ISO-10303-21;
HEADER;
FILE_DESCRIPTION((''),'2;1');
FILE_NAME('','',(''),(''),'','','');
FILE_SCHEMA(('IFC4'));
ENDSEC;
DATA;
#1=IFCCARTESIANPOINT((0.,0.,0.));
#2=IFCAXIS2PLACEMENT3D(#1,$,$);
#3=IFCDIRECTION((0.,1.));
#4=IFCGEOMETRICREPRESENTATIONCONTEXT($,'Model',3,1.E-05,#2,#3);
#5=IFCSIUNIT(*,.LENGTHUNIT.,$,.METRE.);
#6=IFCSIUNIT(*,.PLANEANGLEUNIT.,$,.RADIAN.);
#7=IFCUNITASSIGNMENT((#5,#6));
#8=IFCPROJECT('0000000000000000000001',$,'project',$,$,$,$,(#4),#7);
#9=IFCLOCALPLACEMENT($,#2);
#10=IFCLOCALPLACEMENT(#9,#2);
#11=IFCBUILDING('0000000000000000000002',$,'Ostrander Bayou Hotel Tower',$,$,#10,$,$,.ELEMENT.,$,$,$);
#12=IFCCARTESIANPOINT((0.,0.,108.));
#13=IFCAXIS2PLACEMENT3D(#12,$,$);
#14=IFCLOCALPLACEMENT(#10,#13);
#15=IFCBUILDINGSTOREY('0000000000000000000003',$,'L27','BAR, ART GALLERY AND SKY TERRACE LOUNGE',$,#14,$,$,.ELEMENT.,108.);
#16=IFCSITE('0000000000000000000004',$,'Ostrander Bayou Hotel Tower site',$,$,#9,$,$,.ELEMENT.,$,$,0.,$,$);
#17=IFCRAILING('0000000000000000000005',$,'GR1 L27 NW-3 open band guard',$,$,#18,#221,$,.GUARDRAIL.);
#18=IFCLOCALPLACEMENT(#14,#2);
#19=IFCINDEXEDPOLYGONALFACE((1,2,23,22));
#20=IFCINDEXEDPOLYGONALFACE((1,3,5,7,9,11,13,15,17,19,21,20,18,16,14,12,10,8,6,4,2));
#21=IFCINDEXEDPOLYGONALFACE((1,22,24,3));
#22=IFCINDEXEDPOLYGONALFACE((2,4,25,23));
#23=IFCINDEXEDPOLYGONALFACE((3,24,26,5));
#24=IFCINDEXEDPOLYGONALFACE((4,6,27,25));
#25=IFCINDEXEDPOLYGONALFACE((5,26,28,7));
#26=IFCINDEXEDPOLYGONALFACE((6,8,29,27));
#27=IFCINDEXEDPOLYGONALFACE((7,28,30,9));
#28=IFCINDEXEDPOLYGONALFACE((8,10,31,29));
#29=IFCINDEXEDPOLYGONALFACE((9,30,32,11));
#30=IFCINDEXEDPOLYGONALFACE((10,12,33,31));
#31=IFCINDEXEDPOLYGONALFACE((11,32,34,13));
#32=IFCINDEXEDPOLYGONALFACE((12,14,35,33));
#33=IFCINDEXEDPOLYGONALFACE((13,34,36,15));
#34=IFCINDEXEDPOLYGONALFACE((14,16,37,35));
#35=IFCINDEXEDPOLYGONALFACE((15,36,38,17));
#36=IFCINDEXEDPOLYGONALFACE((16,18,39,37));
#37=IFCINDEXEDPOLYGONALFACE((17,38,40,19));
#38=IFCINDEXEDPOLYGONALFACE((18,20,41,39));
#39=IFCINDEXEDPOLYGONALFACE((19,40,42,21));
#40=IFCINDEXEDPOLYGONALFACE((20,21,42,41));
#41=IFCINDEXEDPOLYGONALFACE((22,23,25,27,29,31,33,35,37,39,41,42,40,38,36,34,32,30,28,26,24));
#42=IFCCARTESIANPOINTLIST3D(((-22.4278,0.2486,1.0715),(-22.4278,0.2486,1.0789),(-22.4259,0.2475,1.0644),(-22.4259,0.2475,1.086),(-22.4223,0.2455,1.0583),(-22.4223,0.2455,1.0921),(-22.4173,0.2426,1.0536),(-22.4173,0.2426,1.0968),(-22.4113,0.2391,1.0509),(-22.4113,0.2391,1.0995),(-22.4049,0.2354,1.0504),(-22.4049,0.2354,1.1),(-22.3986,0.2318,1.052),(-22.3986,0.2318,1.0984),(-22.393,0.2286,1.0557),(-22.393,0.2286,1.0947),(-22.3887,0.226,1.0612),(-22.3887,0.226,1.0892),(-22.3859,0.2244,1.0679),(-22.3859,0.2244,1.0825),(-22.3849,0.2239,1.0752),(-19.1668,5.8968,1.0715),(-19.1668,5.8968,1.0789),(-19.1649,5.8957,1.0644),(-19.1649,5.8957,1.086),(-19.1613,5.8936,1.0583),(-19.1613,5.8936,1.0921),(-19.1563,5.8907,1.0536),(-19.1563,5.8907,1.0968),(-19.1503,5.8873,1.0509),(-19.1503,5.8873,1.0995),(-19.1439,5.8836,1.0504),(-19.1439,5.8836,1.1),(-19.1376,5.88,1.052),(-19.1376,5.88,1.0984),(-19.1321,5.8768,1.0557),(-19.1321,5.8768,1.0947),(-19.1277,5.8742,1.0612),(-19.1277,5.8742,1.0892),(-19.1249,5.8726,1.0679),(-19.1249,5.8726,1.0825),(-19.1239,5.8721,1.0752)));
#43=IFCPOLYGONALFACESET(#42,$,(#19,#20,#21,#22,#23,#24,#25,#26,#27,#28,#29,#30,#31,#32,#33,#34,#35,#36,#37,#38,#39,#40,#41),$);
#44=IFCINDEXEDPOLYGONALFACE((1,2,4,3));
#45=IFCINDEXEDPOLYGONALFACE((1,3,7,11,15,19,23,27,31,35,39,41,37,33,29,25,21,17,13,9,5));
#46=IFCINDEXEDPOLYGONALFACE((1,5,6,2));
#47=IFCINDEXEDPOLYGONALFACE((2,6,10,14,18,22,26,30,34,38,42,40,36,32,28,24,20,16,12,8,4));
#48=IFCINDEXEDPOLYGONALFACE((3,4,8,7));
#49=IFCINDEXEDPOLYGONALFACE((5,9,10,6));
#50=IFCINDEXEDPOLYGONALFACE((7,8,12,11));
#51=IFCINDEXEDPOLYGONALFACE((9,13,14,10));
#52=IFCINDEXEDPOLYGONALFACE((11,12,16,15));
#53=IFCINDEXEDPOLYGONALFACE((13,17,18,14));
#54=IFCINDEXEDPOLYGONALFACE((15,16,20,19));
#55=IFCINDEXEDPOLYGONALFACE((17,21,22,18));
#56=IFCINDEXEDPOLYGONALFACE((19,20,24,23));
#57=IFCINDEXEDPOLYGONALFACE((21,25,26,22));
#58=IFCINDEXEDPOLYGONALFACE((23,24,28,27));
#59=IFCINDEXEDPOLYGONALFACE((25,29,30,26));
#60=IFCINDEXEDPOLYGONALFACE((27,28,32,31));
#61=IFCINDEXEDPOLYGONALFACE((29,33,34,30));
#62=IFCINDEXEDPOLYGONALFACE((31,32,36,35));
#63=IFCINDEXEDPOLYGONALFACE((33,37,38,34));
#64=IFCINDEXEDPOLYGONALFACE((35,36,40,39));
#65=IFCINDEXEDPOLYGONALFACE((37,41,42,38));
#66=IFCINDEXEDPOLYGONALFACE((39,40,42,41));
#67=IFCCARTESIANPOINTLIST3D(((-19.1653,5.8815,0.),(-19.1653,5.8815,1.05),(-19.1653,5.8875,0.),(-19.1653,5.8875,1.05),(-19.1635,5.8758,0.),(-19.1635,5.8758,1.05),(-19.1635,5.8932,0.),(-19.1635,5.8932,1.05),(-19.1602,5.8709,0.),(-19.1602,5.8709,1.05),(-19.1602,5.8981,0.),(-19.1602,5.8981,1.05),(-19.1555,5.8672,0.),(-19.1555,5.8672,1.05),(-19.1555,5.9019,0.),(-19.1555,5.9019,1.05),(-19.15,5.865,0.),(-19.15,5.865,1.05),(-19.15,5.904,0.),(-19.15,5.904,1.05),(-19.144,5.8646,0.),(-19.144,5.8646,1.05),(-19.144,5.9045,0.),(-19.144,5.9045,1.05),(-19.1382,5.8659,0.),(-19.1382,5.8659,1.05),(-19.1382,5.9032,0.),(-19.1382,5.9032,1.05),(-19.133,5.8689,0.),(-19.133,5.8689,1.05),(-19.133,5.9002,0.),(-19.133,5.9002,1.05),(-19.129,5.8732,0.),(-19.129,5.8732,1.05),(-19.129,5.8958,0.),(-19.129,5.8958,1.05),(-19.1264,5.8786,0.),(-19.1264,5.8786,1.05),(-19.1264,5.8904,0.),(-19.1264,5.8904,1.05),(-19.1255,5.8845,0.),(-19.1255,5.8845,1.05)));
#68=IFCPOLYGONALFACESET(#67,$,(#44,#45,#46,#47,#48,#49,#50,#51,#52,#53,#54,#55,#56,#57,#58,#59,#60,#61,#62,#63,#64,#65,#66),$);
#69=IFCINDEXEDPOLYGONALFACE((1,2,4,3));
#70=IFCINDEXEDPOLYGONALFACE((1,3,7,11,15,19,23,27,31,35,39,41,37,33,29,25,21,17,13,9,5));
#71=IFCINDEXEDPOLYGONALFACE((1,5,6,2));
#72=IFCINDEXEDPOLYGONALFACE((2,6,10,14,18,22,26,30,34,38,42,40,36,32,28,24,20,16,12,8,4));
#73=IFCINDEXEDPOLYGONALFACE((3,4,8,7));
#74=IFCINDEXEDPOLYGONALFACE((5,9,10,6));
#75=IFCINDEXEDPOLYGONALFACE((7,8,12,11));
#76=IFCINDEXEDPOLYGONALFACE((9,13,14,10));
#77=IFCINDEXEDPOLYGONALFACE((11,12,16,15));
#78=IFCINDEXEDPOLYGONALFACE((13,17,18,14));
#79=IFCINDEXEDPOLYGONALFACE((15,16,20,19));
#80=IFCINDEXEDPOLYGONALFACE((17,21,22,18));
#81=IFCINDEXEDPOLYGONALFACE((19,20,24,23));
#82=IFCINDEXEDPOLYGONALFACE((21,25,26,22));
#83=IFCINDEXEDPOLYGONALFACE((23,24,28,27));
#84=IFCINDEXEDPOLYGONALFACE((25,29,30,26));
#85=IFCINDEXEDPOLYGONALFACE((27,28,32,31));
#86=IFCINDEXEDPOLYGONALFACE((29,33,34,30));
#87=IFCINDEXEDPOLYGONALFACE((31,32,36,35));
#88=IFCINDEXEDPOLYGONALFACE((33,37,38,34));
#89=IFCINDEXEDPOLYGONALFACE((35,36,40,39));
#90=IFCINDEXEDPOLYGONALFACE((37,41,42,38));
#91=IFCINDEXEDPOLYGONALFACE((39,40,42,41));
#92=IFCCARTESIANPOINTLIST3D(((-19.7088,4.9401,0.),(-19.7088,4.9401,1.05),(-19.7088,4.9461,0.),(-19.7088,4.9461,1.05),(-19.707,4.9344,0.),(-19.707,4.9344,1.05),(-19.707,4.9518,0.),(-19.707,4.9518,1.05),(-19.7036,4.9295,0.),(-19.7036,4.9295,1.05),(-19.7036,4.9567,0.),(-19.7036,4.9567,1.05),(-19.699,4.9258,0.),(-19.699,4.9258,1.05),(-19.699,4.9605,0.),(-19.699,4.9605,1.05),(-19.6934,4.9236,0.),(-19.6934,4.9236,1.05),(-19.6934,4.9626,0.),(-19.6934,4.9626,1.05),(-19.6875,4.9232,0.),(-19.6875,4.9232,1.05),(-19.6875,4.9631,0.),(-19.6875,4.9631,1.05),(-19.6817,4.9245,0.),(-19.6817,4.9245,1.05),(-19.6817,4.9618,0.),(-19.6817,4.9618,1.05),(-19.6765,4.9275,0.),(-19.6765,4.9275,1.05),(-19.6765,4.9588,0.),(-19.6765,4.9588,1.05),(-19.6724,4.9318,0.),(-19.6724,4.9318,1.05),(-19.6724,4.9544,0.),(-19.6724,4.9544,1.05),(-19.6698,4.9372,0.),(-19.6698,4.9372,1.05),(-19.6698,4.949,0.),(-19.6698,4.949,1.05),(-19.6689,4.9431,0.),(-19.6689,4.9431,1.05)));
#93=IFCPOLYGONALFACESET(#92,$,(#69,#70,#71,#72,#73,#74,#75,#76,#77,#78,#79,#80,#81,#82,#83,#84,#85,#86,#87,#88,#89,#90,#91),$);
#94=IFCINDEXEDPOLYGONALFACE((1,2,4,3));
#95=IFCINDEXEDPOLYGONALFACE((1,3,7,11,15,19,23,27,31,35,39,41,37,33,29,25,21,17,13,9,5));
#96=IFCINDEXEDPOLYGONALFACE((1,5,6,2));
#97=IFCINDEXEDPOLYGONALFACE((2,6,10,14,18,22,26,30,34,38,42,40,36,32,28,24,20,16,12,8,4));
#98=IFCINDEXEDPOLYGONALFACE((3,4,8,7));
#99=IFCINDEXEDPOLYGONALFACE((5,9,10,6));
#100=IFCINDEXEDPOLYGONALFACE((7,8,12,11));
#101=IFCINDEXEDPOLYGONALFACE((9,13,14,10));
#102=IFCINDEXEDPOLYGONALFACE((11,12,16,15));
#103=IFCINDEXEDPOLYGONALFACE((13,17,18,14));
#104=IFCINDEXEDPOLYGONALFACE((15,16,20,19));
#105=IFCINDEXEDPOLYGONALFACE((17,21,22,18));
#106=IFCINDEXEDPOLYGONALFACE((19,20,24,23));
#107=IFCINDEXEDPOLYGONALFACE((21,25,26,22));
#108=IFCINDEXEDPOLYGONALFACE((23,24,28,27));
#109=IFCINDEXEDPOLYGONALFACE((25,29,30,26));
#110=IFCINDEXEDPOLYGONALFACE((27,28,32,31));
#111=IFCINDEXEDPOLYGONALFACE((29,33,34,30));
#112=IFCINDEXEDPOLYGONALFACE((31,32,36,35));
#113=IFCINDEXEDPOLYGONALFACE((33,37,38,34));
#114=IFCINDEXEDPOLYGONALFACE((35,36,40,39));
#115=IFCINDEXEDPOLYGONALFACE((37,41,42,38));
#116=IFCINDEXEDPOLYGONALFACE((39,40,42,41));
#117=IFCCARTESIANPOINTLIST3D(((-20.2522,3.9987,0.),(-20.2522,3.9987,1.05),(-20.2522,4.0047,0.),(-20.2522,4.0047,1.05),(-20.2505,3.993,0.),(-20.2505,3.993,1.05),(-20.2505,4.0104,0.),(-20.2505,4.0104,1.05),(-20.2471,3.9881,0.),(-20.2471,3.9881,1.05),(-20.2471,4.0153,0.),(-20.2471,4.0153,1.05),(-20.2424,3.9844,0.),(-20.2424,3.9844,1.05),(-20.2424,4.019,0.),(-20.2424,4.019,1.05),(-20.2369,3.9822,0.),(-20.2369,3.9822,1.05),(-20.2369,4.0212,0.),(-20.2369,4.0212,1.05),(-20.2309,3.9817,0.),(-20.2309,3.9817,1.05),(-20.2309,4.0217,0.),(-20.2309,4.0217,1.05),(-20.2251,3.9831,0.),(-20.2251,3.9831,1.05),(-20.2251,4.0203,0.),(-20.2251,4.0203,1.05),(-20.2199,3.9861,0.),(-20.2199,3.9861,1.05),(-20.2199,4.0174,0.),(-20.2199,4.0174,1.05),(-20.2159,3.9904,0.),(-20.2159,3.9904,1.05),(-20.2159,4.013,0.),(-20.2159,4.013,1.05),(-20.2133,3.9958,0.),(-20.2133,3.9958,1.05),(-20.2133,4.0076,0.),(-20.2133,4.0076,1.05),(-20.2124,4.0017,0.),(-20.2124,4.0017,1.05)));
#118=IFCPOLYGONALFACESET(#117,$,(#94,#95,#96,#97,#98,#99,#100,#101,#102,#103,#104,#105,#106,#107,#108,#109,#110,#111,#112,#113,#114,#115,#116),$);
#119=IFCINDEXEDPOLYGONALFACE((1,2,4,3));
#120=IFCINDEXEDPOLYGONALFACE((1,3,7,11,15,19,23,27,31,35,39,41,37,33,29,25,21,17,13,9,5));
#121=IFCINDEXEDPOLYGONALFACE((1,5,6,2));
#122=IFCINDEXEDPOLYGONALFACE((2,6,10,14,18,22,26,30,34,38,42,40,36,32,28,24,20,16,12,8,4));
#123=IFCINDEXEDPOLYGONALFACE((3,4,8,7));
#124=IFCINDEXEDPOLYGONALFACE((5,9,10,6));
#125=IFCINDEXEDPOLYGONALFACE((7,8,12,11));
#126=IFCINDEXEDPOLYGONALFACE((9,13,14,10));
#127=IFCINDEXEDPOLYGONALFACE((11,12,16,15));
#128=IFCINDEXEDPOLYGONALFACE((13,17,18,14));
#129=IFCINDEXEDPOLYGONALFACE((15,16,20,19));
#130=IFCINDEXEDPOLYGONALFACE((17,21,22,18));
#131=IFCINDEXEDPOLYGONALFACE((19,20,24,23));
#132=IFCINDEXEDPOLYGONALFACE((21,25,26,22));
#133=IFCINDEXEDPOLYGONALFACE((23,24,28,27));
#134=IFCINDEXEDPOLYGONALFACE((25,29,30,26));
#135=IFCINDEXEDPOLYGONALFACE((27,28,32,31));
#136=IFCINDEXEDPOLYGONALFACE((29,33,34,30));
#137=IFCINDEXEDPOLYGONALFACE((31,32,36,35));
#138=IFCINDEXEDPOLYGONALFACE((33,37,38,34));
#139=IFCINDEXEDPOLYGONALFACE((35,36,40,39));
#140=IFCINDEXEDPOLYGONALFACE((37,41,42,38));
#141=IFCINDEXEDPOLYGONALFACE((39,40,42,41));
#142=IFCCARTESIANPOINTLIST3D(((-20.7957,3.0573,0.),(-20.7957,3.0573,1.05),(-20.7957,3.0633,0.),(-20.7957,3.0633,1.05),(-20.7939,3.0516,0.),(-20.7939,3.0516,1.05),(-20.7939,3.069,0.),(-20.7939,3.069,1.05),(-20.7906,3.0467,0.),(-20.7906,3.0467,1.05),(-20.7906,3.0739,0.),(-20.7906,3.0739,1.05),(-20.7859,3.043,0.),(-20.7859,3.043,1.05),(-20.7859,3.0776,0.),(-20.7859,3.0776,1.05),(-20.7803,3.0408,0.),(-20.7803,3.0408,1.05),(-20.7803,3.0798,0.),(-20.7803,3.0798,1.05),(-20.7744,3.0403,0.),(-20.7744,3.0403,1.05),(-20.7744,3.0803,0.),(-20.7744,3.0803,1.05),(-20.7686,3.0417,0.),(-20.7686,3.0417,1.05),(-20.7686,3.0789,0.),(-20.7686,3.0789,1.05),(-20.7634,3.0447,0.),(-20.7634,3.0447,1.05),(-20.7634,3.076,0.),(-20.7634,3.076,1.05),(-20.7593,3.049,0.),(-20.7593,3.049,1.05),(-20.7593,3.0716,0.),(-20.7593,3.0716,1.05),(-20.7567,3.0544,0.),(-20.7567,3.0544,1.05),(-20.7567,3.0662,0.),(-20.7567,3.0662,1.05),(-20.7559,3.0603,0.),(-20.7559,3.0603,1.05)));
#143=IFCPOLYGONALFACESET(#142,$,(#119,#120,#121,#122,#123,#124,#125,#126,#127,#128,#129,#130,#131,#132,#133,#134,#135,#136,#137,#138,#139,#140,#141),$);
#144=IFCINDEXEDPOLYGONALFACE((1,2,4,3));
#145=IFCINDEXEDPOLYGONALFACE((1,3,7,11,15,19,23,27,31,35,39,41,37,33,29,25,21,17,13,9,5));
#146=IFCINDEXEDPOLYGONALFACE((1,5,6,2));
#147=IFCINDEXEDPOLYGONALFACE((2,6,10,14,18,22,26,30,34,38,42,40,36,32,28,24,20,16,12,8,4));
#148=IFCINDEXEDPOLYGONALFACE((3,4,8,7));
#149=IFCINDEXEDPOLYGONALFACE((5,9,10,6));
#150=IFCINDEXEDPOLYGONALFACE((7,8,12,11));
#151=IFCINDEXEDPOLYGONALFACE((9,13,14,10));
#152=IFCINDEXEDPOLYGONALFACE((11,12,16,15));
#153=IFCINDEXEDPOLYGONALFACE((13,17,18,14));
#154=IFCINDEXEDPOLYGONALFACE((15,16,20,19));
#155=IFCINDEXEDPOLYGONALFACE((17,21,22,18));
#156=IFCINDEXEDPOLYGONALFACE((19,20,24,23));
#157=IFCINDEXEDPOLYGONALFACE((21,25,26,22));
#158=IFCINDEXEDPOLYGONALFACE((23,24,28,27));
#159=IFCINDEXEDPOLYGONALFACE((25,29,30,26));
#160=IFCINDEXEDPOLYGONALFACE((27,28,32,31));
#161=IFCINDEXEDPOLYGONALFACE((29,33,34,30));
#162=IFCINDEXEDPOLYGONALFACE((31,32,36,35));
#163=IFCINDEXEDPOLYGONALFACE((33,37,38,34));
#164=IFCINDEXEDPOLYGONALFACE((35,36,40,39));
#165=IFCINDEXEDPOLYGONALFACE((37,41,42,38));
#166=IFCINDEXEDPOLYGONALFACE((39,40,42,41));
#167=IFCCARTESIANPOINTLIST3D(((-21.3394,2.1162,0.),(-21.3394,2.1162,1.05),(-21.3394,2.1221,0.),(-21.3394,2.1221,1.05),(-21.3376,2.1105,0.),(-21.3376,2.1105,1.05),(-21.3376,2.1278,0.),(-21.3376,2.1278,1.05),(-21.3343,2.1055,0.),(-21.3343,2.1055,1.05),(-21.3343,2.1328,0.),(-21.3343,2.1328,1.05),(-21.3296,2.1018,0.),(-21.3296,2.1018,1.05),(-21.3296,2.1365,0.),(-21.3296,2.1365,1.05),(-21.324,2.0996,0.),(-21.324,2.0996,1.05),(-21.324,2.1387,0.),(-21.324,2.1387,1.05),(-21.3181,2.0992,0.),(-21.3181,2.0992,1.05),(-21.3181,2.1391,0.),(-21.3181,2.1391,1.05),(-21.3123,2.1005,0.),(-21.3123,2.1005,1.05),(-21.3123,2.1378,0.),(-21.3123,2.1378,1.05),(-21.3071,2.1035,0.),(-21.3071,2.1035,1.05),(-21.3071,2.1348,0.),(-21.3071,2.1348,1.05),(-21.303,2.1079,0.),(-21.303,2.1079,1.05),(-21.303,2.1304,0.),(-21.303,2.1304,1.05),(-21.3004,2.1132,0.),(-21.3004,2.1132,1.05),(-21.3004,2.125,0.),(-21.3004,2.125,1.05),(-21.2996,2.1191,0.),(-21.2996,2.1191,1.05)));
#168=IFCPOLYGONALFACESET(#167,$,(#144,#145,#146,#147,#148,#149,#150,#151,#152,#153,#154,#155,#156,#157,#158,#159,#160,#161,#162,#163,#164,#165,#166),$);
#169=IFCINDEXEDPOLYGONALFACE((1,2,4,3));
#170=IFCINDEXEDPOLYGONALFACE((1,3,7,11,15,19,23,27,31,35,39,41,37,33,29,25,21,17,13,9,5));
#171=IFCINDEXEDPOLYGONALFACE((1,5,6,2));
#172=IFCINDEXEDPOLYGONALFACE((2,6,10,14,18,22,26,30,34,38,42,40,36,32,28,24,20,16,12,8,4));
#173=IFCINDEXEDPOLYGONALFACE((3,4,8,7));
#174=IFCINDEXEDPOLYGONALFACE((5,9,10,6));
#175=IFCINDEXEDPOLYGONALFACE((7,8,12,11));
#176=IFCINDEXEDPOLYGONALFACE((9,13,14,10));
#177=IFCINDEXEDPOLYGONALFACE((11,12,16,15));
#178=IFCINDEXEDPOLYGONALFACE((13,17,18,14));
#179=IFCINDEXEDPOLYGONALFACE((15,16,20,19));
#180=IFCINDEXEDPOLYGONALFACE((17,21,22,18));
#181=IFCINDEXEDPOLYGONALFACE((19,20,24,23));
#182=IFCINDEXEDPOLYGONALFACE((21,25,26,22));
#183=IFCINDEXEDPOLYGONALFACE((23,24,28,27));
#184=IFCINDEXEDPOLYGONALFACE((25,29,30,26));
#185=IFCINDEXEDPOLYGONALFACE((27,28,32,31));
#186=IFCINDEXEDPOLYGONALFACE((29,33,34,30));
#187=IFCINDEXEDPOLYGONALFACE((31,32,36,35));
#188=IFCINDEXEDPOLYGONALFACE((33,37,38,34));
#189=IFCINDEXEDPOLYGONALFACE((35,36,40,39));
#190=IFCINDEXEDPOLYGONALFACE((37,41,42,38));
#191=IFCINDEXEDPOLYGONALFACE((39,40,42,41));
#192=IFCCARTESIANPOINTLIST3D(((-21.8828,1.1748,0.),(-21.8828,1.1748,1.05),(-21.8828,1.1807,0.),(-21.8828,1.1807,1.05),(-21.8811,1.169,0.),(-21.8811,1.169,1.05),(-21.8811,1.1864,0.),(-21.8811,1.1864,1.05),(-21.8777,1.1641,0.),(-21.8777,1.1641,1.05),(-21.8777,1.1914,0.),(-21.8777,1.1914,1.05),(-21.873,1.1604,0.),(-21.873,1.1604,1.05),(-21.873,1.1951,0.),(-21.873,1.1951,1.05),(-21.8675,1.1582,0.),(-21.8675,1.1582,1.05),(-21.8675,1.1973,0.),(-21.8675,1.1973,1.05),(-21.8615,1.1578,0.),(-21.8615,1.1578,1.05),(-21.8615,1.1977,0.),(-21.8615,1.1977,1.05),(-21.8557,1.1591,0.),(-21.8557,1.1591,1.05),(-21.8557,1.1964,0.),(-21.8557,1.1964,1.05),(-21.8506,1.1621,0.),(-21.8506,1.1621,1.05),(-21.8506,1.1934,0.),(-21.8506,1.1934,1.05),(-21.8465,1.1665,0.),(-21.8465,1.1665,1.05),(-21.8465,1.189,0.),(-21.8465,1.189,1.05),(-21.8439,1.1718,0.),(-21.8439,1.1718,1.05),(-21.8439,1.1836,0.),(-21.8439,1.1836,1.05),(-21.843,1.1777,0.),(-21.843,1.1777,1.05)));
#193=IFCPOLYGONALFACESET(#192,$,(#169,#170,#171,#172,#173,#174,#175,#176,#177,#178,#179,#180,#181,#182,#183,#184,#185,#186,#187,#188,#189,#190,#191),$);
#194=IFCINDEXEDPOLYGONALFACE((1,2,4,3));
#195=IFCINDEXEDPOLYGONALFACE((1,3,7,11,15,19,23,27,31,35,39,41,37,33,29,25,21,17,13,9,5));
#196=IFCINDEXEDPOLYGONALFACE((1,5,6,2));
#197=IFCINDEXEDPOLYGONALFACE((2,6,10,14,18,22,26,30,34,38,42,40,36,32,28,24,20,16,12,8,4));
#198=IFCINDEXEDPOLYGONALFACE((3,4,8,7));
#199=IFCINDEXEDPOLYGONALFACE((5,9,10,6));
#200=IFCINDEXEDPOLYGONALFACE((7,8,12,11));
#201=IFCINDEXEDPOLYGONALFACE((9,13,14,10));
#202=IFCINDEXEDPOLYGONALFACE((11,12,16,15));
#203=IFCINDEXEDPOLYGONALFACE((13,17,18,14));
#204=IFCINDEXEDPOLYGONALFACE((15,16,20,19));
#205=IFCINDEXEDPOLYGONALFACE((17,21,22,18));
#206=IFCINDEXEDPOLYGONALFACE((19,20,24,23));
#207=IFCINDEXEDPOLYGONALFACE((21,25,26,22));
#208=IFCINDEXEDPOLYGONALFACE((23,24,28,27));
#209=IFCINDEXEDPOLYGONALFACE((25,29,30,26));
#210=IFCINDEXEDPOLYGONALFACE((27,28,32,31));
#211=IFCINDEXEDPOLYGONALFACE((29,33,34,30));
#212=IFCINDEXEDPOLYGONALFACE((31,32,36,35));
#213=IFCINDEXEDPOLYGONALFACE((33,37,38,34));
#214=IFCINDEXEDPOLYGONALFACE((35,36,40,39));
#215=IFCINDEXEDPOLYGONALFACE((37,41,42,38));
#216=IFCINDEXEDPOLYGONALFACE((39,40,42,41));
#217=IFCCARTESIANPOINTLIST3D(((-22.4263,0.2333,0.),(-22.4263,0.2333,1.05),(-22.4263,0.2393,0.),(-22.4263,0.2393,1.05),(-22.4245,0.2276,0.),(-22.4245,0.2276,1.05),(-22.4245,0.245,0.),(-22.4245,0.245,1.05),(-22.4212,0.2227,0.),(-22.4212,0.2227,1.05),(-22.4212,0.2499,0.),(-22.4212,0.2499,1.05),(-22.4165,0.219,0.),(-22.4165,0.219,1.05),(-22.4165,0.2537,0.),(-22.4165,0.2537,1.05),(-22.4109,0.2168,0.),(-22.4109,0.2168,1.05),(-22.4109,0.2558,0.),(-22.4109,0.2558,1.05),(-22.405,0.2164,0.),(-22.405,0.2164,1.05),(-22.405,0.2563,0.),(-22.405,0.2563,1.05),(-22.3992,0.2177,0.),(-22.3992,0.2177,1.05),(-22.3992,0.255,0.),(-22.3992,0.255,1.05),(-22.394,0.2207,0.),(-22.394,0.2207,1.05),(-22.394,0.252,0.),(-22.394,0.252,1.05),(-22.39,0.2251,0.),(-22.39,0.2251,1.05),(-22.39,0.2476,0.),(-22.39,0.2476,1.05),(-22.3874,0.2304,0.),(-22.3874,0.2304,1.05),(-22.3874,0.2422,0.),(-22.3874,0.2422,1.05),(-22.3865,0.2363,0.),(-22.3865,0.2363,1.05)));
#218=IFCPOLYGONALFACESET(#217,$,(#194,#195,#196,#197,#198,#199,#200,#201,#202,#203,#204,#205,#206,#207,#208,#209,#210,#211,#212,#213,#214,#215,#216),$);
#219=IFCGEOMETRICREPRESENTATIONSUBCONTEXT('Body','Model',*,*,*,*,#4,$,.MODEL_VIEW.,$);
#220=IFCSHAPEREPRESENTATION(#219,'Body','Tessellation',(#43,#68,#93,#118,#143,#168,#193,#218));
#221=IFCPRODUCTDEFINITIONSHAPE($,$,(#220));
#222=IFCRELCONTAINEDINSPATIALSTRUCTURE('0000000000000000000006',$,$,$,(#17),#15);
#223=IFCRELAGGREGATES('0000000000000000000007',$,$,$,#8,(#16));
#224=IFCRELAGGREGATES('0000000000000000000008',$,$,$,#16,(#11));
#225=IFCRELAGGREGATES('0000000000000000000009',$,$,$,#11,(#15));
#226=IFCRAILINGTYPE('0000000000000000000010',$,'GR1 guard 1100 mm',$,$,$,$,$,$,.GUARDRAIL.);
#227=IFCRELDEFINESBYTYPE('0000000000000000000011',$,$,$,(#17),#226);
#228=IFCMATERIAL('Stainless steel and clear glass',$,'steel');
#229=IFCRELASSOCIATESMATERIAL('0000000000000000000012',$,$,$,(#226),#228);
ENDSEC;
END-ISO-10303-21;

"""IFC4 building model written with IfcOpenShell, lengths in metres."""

from ifc_helpers import new_model, si_unit, direction, frame, origin, origin_2d, place, context, subcontext, project, spatial, circle, extrude, material, type_object, element, save


model = new_model("IFC4")

# Units and contexts
model_context = context("Model", 3, precision=1e-05, world=origin(), true_north=direction((0.0, 1.0)))
body_context = subcontext(model_context, "Body", "Model", "MODEL_VIEW")
ifc_project = project(units=[si_unit("LENGTHUNIT", "METRE"), si_unit("PLANEANGLEUNIT", "RADIAN")], contexts=[model_context])

# Site, building, storey
site_placement = place(None, origin())
site = spatial("IfcSite", under=ifc_project, at=site_placement, Name="Ostrander Bayou Hotel Tower site", CompositionType="ELEMENT", RefElevation=0.0)
building_placement = place(site_placement, origin())
building = spatial("IfcBuilding", under=site, at=building_placement, Name="Ostrander Bayou Hotel Tower", CompositionType="ELEMENT")
storey_placement = place(building_placement, frame((0.0, 0.0, 108.0)))
storey = spatial("IfcBuildingStorey", under=building, at=storey_placement, Name="L27", Description="BAR, ART GALLERY AND SKY TERRACE LOUNGE", CompositionType="ELEMENT", Elevation=108.0)

# Railing
ifc_material_1 = material(Name="Stainless steel and clear glass", Category="steel")
railing_type = type_object("IfcRailingType", Name="GR1 guard 1100 mm", PredefinedType="GUARDRAIL", material=ifc_material_1)
railing_1_placement = place(storey_placement, frame((-19.1455, 5.8845, 0.0)))
element("IfcRailing", 1, at=railing_1_placement, inside=storey, type_object=railing_type, Name="GR1 L27 NW-3 open band guard", PredefinedType="GUARDRAIL", context=body_context, shape_type="SweptSolid", body=[
    extrude(circle(Radius=0.0249, at=origin_2d()), frame((0.0, 0.0, 1.0752), z_axis=(-0.5, -0.866025, 0.0), x_axis=(0.866025, -0.5, 0.0)), (0.0, 0.0, 1.0), 6.522),
    extrude(circle(Radius=0.02, at=origin_2d()), origin(), (0.0, 0.0, 1.0), 1.05),
    extrude(circle(Radius=0.02, at=origin_2d()), frame((-0.5435, -0.9414, 0.0)), (0.0, 0.0, 1.0), 1.05),
    extrude(circle(Radius=0.02, at=origin_2d()), frame((-1.0869, -1.8828, 0.0)), (0.0, 0.0, 1.0), 1.05),
    extrude(circle(Radius=0.02, at=origin_2d()), frame((-1.6304, -2.8242, 0.0)), (0.0, 0.0, 1.0), 1.05),
    extrude(circle(Radius=0.02, at=origin_2d()), frame((-2.1741, -3.7654, 0.0)), (0.0, 0.0, 1.0), 1.05),
    extrude(circle(Radius=0.02, at=origin_2d()), frame((-2.7175, -4.7068, 0.0)), (0.0, 0.0, 1.0), 1.05),
    extrude(circle(Radius=0.02, at=origin_2d()), frame((-3.261, -5.6482, 0.0)), (0.0, 0.0, 1.0), 1.05),
])

save(model, "model.ifc")
